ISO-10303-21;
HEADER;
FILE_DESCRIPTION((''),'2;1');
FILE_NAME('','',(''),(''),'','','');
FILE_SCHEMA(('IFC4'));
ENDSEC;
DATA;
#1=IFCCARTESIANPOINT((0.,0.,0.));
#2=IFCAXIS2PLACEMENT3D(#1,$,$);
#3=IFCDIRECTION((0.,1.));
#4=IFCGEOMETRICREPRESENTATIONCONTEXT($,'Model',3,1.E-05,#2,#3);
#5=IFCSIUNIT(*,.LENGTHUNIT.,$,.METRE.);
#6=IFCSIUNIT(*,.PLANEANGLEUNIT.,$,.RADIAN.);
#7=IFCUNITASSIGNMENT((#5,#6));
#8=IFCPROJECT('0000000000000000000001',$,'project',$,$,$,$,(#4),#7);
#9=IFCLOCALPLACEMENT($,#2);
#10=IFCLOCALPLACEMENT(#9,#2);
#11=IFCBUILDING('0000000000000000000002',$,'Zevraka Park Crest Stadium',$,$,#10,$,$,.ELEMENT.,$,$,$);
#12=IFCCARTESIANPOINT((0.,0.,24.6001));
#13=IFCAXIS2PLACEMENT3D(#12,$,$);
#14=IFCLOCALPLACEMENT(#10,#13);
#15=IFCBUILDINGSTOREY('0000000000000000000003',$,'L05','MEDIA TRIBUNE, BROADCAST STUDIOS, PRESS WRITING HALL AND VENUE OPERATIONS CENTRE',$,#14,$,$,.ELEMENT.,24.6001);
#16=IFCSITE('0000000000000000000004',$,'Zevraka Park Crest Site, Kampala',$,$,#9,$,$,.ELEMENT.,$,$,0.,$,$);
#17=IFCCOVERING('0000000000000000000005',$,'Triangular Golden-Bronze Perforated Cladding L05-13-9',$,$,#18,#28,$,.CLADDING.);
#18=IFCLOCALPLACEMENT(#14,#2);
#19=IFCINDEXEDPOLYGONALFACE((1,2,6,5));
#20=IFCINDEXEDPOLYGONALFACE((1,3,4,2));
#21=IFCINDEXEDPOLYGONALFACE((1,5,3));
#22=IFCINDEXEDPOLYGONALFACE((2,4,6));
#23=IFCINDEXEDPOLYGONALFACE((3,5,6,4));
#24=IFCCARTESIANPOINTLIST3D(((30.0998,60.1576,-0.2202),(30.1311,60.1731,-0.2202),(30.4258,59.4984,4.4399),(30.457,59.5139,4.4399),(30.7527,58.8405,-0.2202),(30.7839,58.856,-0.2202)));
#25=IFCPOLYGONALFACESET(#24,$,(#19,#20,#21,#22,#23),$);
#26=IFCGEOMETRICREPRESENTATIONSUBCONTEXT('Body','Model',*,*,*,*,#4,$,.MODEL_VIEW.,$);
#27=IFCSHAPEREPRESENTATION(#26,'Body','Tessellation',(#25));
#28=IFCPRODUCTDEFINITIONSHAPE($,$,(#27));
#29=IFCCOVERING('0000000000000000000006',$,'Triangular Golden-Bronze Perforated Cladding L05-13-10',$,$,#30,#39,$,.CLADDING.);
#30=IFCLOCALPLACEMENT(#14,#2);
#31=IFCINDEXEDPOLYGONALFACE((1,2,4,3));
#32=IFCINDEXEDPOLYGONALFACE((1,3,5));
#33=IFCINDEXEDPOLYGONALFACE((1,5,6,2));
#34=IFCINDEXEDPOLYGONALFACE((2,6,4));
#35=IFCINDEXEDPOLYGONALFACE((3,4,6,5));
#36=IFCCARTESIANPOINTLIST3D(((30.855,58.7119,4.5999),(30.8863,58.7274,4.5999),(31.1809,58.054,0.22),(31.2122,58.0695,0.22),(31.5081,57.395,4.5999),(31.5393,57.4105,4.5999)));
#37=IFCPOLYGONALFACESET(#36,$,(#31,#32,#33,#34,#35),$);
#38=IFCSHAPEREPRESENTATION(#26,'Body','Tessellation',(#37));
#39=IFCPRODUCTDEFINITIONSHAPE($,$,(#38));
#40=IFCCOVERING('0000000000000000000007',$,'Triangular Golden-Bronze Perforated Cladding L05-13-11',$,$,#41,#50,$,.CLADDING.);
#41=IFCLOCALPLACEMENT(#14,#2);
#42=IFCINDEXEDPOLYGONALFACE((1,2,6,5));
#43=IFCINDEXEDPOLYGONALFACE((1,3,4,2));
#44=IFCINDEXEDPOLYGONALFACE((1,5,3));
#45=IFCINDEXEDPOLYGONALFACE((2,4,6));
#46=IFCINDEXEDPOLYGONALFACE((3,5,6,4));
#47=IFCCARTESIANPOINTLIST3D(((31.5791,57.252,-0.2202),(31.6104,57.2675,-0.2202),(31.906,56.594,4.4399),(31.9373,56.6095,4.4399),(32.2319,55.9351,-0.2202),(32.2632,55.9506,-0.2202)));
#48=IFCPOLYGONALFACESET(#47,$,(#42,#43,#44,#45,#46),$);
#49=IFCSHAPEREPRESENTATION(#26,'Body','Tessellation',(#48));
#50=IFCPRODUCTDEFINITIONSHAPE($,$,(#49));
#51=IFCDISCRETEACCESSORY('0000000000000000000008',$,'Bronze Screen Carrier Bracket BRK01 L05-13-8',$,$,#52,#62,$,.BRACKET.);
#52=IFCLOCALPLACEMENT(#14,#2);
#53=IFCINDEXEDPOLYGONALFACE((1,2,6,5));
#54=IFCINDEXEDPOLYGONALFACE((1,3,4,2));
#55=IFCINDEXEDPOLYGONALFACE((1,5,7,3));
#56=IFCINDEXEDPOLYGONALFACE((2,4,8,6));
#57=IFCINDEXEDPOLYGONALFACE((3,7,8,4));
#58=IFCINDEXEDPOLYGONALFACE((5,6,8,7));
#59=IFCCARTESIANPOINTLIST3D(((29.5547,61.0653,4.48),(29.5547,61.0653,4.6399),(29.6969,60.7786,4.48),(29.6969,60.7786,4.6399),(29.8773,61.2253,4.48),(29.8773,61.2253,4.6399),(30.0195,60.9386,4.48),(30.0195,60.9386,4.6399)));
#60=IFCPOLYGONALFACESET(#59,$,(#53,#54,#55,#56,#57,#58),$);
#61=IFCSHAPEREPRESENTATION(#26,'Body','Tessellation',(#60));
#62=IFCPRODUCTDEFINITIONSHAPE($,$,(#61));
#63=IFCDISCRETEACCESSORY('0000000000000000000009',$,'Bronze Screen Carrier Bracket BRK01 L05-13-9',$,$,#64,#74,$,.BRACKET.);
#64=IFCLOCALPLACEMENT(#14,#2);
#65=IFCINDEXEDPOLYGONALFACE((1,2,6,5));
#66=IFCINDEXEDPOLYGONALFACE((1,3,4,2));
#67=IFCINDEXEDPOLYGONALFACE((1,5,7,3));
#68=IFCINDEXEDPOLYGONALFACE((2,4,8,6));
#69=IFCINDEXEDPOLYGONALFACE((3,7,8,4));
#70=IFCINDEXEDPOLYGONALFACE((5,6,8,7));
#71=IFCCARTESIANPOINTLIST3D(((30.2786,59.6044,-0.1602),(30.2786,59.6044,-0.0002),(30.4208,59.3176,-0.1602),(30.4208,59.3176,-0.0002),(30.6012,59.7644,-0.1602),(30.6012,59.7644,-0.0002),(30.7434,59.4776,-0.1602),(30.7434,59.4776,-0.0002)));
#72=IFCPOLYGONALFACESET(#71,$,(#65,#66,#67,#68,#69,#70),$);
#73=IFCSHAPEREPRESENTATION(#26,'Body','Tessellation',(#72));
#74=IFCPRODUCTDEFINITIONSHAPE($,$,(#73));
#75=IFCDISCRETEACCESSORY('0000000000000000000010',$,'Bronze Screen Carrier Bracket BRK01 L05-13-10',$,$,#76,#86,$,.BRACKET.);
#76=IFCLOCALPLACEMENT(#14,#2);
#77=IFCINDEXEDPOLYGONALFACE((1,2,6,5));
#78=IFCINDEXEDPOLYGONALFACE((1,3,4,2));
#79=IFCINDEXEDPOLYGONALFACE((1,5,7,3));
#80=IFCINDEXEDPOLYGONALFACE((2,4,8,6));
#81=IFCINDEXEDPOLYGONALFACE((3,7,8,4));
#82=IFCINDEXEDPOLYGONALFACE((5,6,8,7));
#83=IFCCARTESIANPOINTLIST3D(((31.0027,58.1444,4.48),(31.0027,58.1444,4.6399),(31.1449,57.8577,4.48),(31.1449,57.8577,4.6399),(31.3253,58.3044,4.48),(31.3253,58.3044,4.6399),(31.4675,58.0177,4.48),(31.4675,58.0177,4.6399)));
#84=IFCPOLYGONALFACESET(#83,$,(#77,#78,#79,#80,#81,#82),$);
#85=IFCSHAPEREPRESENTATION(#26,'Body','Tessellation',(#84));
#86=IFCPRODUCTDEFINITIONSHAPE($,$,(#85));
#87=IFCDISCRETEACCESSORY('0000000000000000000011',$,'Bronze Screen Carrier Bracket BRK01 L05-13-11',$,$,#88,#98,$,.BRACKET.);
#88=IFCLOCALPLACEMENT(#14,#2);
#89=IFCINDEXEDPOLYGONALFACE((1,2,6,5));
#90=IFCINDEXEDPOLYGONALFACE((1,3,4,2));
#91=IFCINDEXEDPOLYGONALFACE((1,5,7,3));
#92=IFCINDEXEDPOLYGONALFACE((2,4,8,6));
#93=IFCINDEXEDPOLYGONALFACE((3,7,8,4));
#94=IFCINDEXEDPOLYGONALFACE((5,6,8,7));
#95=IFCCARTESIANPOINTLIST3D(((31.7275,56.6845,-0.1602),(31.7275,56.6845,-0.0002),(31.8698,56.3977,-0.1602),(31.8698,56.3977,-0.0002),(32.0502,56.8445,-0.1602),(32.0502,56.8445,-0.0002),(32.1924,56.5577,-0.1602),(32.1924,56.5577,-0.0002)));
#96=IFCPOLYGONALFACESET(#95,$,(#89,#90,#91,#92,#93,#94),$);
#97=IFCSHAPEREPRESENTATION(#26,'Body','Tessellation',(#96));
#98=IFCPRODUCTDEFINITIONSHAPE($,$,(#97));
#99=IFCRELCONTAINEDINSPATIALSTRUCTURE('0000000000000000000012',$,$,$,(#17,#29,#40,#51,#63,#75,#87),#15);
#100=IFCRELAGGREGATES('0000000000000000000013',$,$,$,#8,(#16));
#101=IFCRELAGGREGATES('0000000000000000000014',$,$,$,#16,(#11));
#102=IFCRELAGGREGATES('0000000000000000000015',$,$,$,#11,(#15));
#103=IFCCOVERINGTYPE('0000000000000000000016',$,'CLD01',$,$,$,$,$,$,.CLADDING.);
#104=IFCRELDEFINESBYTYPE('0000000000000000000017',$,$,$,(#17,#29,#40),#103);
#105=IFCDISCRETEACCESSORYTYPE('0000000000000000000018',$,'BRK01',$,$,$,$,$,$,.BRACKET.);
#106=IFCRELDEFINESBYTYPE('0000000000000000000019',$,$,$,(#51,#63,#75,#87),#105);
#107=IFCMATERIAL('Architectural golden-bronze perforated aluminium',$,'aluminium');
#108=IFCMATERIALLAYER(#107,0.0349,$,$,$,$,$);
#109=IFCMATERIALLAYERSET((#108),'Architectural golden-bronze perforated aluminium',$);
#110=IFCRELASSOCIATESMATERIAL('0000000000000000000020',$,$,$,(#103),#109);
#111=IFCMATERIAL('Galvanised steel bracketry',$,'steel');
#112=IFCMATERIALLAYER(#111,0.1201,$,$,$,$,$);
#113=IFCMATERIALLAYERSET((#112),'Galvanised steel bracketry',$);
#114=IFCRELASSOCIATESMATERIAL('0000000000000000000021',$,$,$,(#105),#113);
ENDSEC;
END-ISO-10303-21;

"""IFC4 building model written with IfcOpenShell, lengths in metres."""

from ifc_helpers import new_model, si_unit, direction, frame, origin, origin_2d, place, context, subcontext, project, spatial, polyline, rectangle, outline, extrude, material, layer, layer_set, type_object, element, save


model = new_model("IFC4")

# Units and contexts
model_context = context("Model", 3, precision=1e-05, world=origin(), true_north=direction((0.0, 1.0)))
body_context = subcontext(model_context, "Body", "Model", "MODEL_VIEW")
ifc_project = project(units=[si_unit("LENGTHUNIT", "METRE"), si_unit("PLANEANGLEUNIT", "RADIAN")], contexts=[model_context])

# Site, building, storey
site_placement = place(None, origin())
site = spatial("IfcSite", under=ifc_project, at=site_placement, Name="Zevraka Park Crest Site, Kampala", CompositionType="ELEMENT", RefElevation=0.0)
building_placement = place(site_placement, origin())
building = spatial("IfcBuilding", under=site, at=building_placement, Name="Zevraka Park Crest Stadium", CompositionType="ELEMENT")
storey_placement = place(building_placement, frame((0.0, 0.0, 24.6001)))
storey = spatial("IfcBuildingStorey", under=building, at=storey_placement, Name="L05", Description="MEDIA TRIBUNE, BROADCAST STUDIOS, PRESS WRITING HALL AND VENUE OPERATIONS CENTRE", CompositionType="ELEMENT", Elevation=24.6001)

# Coverings
ifc_material_1 = material(Name="Architectural golden-bronze perforated aluminium", Category="aluminium")
ifc_layer_1 = layer(ifc_material_1, 0.0349)
ifc_layer_set_1 = layer_set([ifc_layer_1], Name="Architectural golden-bronze perforated aluminium")
covering_type = type_object("IfcCoveringType", Name="CLD01", PredefinedType="CLADDING", material=ifc_layer_set_1)
covering_1_placement = place(storey_placement, frame((30.1311, 60.1731, -0.2202), z_axis=(0.895983, 0.444089, 0.000152), x_axis=(0.444089, -0.895983, 0.0)))
element("IfcCovering", 1, at=covering_1_placement, inside=storey, type_object=covering_type, Name="Triangular Golden-Bronze Perforated Cladding L05-13-9", PredefinedType="CLADDING", context=body_context, shape_type="SweptSolid", body=[
    extrude(outline(polyline([(0.0, 0.0), (1.47, 0.0), (0.7354, -4.6602), (0.0, 0.0)])), origin(), (0.0, 0.0, -1.0), 0.0349),
])
covering_2_placement = place(storey_placement, frame((31.5081, 57.395, 4.5999), z_axis=(-0.895884, -0.444288, 0.000075), x_axis=(-0.444288, 0.895884, 0.0)))
element("IfcCovering", 2, at=covering_2_placement, inside=storey, type_object=covering_type, Name="Triangular Golden-Bronze Perforated Cladding L05-13-10", PredefinedType="CLADDING", context=body_context, shape_type="SweptSolid", body=[
    extrude(outline(polyline([(0.0, 0.0), (1.4699, 0.0), (0.7357, 4.3799), (0.0, 0.0)])), origin(), (0.0, 0.0, -1.0), 0.0349),
])
covering_3_placement = place(storey_placement, frame((31.5791, 57.252, -0.2202), z_axis=(-0.89595, -0.444155, 0.00014), x_axis=(0.444155, -0.89595, 0.0)))
element("IfcCovering", 3, at=covering_3_placement, inside=storey, type_object=covering_type, Name="Triangular Golden-Bronze Perforated Cladding L05-13-11", PredefinedType="CLADDING", context=body_context, shape_type="SweptSolid", body=[
    extrude(outline(polyline([(0.0, 0.0), (1.4698, 0.0), (0.7347, 4.6602), (0.0, 0.0)])), origin(), (0.0, 0.0, -1.0), 0.0349),
])

# Discrete accessories
ifc_material_2 = material(Name="Galvanised steel bracketry", Category="steel")
ifc_layer_2 = layer(ifc_material_2, 0.1201)
ifc_layer_set_2 = layer_set([ifc_layer_2], Name="Galvanised steel bracketry")
discrete_accessory_type = type_object("IfcDiscreteAccessoryType", Name="BRK01", PredefinedType="BRACKET", material=ifc_layer_set_2)
for number, where, z_axis, x_axis, name in (
    (4, (29.7871, 61.002, 4.48), (0.0, 0.0, 1.0), (0.444322, -0.895867, 0.0), "Bronze Screen Carrier Bracket BRK01 L05-13-8"),
    (5, (30.511, 59.541, -0.1602), (0.0, 0.0, 1.0), (0.444322, -0.895867, 0.0), "Bronze Screen Carrier Bracket BRK01 L05-13-9"),
    (6, (31.2351, 58.0811, 4.48), (0.0, 0.0, 1.0), (0.444322, -0.895867, 0.0), "Bronze Screen Carrier Bracket BRK01 L05-13-10"),
    (7, (31.96, 56.6211, -0.1602), (0.0, 0.0, 1.0), (0.444322, -0.895867, 0.0), "Bronze Screen Carrier Bracket BRK01 L05-13-11"),
):
    element("IfcDiscreteAccessory", number, at=place(storey_placement, frame(where, z_axis=z_axis, x_axis=x_axis)), inside=storey, type_object=discrete_accessory_type, Name=name, PredefinedType="BRACKET", context=body_context, shape_type="SweptSolid", body=[
        extrude(rectangle(XDim=0.3201, YDim=0.3601, at=origin_2d()), origin(), (0.0, 0.0, 1.0), 0.1599),
    ])

save(model, "model.ifc")
